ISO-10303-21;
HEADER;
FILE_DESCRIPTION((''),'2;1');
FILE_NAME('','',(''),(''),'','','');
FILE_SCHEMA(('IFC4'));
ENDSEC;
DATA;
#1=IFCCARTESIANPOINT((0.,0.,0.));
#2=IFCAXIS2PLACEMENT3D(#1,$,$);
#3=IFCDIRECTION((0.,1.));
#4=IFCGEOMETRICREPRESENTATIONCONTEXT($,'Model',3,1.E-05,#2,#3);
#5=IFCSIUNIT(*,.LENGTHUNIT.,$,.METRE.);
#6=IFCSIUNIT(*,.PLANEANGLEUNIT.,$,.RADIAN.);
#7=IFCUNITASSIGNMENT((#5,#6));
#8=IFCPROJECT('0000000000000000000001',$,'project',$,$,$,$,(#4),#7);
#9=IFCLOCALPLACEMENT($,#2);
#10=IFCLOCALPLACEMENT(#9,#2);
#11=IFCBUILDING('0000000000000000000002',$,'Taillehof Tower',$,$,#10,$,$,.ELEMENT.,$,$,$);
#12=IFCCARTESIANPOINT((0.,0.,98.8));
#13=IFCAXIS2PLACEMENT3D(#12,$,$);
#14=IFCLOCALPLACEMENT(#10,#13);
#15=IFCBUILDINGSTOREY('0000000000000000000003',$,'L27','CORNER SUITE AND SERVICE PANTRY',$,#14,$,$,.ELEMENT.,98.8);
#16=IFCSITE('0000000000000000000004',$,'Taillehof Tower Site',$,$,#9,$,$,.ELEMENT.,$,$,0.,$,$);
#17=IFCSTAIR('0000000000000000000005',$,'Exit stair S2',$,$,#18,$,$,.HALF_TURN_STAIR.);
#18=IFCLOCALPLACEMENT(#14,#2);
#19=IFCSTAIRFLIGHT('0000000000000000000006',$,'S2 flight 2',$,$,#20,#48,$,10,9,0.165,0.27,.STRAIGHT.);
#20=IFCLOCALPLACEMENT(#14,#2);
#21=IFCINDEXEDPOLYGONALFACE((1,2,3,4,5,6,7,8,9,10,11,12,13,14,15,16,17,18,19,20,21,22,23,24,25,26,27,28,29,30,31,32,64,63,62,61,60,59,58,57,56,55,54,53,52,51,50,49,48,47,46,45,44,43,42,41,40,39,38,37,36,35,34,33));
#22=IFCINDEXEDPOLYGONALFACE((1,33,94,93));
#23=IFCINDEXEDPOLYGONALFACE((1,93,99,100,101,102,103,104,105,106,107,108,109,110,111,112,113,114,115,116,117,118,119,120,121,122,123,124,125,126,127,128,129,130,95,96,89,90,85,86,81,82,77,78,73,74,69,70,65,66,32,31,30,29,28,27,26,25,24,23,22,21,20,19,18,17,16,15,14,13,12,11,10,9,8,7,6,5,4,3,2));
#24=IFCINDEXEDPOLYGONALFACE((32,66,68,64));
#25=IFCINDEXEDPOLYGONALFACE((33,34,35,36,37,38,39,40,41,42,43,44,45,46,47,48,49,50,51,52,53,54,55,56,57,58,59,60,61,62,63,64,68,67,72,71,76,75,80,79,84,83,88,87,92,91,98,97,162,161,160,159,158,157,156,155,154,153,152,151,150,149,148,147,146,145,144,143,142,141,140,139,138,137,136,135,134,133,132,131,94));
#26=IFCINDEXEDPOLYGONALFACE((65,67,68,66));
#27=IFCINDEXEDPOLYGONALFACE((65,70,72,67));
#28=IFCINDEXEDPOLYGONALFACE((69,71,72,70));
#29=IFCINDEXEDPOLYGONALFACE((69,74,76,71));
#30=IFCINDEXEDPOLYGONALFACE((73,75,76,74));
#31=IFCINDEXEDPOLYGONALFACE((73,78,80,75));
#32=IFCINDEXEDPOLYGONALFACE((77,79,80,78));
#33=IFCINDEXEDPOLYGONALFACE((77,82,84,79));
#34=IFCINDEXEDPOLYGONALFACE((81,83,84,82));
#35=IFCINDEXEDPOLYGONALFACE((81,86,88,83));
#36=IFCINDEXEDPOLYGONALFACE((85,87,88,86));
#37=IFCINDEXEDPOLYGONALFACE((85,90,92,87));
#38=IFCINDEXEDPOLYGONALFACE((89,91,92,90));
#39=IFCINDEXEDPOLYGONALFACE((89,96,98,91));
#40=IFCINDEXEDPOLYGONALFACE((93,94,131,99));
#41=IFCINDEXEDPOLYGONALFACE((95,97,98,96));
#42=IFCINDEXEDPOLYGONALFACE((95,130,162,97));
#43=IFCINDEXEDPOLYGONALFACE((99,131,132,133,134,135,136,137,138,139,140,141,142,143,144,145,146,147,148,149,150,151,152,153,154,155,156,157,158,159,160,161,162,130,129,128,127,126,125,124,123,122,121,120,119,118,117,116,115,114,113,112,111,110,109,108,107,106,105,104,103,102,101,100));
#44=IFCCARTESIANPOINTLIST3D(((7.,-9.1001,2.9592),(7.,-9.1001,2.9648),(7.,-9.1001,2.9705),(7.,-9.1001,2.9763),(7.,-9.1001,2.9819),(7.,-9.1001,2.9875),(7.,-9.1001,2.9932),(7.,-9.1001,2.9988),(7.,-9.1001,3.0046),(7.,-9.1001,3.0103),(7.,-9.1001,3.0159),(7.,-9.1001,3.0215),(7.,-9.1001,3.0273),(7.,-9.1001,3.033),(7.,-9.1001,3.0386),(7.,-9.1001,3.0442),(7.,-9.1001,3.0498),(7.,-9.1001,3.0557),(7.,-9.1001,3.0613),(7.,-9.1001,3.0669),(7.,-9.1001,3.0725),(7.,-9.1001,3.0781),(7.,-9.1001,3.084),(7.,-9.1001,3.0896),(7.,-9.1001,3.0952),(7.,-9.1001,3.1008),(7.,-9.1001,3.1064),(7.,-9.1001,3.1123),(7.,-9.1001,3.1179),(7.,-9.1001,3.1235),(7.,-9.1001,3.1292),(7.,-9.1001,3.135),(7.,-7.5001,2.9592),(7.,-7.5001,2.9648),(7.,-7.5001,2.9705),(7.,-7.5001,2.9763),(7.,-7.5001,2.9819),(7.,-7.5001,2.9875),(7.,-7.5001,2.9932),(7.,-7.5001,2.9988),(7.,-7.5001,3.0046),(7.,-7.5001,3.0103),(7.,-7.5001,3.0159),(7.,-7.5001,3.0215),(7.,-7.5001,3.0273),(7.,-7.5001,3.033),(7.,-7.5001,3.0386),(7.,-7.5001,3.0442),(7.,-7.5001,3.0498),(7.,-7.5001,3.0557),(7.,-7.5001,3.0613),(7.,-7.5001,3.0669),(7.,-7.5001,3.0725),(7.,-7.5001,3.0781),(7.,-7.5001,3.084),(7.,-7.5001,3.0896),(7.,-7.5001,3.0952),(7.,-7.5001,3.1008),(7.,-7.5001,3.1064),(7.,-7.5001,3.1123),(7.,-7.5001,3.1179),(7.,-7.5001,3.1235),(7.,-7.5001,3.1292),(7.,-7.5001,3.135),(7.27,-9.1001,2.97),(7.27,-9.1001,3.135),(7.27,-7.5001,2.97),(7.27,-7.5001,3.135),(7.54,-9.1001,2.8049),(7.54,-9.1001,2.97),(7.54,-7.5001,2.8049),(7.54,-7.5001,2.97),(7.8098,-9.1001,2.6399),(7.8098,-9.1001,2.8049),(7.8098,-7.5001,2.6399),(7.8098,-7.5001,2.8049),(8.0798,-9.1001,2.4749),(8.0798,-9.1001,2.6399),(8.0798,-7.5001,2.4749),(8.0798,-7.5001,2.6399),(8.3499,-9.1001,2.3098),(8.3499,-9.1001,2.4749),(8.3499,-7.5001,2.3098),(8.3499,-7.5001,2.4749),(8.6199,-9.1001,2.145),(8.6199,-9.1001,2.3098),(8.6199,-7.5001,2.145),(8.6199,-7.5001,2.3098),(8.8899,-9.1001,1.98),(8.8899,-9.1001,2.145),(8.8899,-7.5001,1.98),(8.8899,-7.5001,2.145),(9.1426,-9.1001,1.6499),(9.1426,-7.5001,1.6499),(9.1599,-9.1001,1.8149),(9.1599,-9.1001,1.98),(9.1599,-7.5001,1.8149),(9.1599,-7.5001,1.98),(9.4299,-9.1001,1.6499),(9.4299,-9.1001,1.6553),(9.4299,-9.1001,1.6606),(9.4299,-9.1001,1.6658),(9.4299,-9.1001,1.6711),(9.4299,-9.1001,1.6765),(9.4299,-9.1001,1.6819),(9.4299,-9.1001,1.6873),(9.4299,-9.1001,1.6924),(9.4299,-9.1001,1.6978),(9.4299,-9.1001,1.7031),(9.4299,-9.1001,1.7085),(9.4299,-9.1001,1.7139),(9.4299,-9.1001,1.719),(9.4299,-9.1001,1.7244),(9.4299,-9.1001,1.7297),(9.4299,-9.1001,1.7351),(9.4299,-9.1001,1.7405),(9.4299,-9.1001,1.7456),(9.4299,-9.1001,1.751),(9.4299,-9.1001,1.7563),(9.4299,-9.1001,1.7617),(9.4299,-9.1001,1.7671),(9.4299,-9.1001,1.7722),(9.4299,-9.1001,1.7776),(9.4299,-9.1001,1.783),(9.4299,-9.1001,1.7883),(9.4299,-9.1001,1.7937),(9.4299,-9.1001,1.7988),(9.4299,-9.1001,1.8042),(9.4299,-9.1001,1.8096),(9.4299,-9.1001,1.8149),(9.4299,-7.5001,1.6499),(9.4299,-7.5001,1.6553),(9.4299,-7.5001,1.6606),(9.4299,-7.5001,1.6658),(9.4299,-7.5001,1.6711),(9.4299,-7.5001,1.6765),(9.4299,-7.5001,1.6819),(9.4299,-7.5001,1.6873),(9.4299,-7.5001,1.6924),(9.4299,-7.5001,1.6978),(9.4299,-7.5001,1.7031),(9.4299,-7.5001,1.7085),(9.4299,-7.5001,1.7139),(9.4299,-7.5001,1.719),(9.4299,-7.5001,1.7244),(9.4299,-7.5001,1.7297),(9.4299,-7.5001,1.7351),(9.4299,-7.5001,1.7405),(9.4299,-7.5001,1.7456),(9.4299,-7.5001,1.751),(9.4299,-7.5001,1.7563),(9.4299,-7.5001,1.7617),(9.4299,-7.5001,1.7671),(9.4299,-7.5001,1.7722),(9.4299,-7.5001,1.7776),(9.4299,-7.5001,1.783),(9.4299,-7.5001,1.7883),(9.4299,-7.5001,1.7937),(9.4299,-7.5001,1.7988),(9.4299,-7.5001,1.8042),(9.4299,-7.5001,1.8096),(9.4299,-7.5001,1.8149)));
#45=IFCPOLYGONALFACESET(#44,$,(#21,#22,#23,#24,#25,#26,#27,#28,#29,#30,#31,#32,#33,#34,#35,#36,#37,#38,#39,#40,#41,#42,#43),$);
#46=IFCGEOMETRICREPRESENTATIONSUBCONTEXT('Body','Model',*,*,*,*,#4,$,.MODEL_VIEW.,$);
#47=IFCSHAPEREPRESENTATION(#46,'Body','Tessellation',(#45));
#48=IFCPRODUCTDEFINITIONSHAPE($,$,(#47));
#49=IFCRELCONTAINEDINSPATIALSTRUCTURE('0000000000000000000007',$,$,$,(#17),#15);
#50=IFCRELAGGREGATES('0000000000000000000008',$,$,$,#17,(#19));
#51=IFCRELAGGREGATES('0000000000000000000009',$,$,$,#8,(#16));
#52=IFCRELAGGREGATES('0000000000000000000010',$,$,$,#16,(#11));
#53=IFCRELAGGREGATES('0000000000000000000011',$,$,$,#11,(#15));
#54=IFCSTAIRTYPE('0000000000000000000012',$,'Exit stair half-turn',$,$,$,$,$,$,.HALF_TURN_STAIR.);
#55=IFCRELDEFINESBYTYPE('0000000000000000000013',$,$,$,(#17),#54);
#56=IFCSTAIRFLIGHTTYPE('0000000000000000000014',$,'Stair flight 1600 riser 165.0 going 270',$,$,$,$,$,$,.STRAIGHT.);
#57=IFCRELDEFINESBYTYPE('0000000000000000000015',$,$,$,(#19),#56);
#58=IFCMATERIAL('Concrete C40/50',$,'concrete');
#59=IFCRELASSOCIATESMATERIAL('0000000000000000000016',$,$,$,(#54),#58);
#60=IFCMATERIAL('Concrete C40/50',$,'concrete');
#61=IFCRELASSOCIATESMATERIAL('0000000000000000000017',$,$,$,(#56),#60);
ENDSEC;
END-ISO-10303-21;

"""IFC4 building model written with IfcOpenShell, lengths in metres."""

from ifc_helpers import new_model, si_unit, direction, frame, origin, place, context, subcontext, project, spatial, polyline, outline, extrude, material, type_object, element, aggregate, save


model = new_model("IFC4")

# Units and contexts
model_context = context("Model", 3, precision=1e-05, world=origin(), true_north=direction((0.0, 1.0)))
body_context = subcontext(model_context, "Body", "Model", "MODEL_VIEW")
ifc_project = project(units=[si_unit("LENGTHUNIT", "METRE"), si_unit("PLANEANGLEUNIT", "RADIAN")], contexts=[model_context])

# Site, building, storey
site_placement = place(None, origin())
site = spatial("IfcSite", under=ifc_project, at=site_placement, Name="Taillehof Tower Site", CompositionType="ELEMENT", RefElevation=0.0)
building_placement = place(site_placement, origin())
building = spatial("IfcBuilding", under=site, at=building_placement, Name="Taillehof Tower", CompositionType="ELEMENT")
storey_placement = place(building_placement, frame((0.0, 0.0, 98.8)))
storey = spatial("IfcBuildingStorey", under=building, at=storey_placement, Name="L27", Description="CORNER SUITE AND SERVICE PANTRY", CompositionType="ELEMENT", Elevation=98.8)

# Stair, stair flight
ifc_material_1 = material(Name="Concrete C40/50", Category="concrete")
stair_type = type_object("IfcStairType", Name="Exit stair half-turn", PredefinedType="HALF_TURN_STAIR", material=ifc_material_1)
stair_placement = place(storey_placement, origin())
stair = element("IfcStair", 1, at=stair_placement, inside=storey, type_object=stair_type, Name="Exit stair S2", PredefinedType="HALF_TURN_STAIR")
ifc_material_2 = material(Name="Concrete C40/50", Category="concrete")
stair_flight_type = type_object("IfcStairFlightType", Name="Stair flight 1600 riser 165.0 going 270", PredefinedType="STRAIGHT", material=ifc_material_2)
stair_flight_1_placement = place(storey_placement, frame((9.4299, -8.3, 1.6499), z_axis=(0.0, 0.0, 1.0), x_axis=(-1.0, 0.0, 0.0)))
stair_flight_1 = element("IfcStairFlight", 2, at=stair_flight_1_placement, type_object=stair_flight_type, Name="S2 flight 2", NumberOfRisers=10, NumberOfTreads=9, PredefinedType="STRAIGHT", RiserHeight=0.165, TreadLength=0.27, context=body_context, shape_type="SweptSolid", body=[
    extrude(outline(polyline([(0.0, 0.0), (0.0, 0.0054), (0.0, 0.0107), (0.0, 0.0159), (0.0, 0.0212), (0.0, 0.0266), (0.0, 0.032), (0.0, 0.0374), (0.0, 0.0425), (0.0, 0.0479), (0.0, 0.0532), (0.0, 0.0586), (0.0, 0.064), (0.0, 0.0691), (0.0, 0.0745), (0.0, 0.0798), (0.0, 0.0852), (0.0, 0.0906), (0.0, 0.0957), (0.0, 0.1011), (0.0, 0.1064), (0.0, 0.1118), (0.0, 0.1172), (0.0, 0.1223), (0.0, 0.1277), (0.0, 0.1331), (0.0, 0.1384), (0.0, 0.1438), (0.0, 0.1489), (0.0, 0.1543), (0.0, 0.1597), (0.0, 0.165), (0.27, 0.165), (0.27, 0.3301), (0.54, 0.3301), (0.54, 0.4951), (0.8101, 0.4951), (0.8101, 0.6599), (1.0801, 0.6599), (1.0801, 0.825), (1.3501, 0.825), (1.3501, 0.99), (1.6201, 0.99), (1.6201, 1.155), (1.8899, 1.155), (1.8899, 1.3201), (2.1599, 1.3201), (2.1599, 1.4851), (2.4299, 1.4851), (2.4299, 1.4792), (2.4299, 1.4736), (2.4299, 1.468), (2.4299, 1.4624), (2.4299, 1.4565), (2.4299, 1.4509), (2.4299, 1.4453), (2.4299, 1.4397), (2.4299, 1.4341), (2.4299, 1.4282), (2.4299, 1.4226), (2.4299, 1.417), (2.4299, 1.4114), (2.4299, 1.4058), (2.4299, 1.3999), (2.4299, 1.3943), (2.4299, 1.3887), (2.4299, 1.3831), (2.4299, 1.3774), (2.4299, 1.3716), (2.4299, 1.366), (2.4299, 1.3604), (2.4299, 1.3547), (2.4299, 1.3489), (2.4299, 1.3433), (2.4299, 1.3376), (2.4299, 1.332), (2.4299, 1.3264), (2.4299, 1.3206), (2.4299, 1.3149), (2.4299, 1.3093), (0.2874, 0.0), (0.0, 0.0)])), frame((0.0, 0.8, 0.0), z_axis=(0.0, -1.0, 0.0), x_axis=(1.0, 0.0, 0.0)), (0.0, 0.0, 1.0), 1.6),
])
aggregate(stair, [stair_flight_1])

save(model, "model.ifc")
